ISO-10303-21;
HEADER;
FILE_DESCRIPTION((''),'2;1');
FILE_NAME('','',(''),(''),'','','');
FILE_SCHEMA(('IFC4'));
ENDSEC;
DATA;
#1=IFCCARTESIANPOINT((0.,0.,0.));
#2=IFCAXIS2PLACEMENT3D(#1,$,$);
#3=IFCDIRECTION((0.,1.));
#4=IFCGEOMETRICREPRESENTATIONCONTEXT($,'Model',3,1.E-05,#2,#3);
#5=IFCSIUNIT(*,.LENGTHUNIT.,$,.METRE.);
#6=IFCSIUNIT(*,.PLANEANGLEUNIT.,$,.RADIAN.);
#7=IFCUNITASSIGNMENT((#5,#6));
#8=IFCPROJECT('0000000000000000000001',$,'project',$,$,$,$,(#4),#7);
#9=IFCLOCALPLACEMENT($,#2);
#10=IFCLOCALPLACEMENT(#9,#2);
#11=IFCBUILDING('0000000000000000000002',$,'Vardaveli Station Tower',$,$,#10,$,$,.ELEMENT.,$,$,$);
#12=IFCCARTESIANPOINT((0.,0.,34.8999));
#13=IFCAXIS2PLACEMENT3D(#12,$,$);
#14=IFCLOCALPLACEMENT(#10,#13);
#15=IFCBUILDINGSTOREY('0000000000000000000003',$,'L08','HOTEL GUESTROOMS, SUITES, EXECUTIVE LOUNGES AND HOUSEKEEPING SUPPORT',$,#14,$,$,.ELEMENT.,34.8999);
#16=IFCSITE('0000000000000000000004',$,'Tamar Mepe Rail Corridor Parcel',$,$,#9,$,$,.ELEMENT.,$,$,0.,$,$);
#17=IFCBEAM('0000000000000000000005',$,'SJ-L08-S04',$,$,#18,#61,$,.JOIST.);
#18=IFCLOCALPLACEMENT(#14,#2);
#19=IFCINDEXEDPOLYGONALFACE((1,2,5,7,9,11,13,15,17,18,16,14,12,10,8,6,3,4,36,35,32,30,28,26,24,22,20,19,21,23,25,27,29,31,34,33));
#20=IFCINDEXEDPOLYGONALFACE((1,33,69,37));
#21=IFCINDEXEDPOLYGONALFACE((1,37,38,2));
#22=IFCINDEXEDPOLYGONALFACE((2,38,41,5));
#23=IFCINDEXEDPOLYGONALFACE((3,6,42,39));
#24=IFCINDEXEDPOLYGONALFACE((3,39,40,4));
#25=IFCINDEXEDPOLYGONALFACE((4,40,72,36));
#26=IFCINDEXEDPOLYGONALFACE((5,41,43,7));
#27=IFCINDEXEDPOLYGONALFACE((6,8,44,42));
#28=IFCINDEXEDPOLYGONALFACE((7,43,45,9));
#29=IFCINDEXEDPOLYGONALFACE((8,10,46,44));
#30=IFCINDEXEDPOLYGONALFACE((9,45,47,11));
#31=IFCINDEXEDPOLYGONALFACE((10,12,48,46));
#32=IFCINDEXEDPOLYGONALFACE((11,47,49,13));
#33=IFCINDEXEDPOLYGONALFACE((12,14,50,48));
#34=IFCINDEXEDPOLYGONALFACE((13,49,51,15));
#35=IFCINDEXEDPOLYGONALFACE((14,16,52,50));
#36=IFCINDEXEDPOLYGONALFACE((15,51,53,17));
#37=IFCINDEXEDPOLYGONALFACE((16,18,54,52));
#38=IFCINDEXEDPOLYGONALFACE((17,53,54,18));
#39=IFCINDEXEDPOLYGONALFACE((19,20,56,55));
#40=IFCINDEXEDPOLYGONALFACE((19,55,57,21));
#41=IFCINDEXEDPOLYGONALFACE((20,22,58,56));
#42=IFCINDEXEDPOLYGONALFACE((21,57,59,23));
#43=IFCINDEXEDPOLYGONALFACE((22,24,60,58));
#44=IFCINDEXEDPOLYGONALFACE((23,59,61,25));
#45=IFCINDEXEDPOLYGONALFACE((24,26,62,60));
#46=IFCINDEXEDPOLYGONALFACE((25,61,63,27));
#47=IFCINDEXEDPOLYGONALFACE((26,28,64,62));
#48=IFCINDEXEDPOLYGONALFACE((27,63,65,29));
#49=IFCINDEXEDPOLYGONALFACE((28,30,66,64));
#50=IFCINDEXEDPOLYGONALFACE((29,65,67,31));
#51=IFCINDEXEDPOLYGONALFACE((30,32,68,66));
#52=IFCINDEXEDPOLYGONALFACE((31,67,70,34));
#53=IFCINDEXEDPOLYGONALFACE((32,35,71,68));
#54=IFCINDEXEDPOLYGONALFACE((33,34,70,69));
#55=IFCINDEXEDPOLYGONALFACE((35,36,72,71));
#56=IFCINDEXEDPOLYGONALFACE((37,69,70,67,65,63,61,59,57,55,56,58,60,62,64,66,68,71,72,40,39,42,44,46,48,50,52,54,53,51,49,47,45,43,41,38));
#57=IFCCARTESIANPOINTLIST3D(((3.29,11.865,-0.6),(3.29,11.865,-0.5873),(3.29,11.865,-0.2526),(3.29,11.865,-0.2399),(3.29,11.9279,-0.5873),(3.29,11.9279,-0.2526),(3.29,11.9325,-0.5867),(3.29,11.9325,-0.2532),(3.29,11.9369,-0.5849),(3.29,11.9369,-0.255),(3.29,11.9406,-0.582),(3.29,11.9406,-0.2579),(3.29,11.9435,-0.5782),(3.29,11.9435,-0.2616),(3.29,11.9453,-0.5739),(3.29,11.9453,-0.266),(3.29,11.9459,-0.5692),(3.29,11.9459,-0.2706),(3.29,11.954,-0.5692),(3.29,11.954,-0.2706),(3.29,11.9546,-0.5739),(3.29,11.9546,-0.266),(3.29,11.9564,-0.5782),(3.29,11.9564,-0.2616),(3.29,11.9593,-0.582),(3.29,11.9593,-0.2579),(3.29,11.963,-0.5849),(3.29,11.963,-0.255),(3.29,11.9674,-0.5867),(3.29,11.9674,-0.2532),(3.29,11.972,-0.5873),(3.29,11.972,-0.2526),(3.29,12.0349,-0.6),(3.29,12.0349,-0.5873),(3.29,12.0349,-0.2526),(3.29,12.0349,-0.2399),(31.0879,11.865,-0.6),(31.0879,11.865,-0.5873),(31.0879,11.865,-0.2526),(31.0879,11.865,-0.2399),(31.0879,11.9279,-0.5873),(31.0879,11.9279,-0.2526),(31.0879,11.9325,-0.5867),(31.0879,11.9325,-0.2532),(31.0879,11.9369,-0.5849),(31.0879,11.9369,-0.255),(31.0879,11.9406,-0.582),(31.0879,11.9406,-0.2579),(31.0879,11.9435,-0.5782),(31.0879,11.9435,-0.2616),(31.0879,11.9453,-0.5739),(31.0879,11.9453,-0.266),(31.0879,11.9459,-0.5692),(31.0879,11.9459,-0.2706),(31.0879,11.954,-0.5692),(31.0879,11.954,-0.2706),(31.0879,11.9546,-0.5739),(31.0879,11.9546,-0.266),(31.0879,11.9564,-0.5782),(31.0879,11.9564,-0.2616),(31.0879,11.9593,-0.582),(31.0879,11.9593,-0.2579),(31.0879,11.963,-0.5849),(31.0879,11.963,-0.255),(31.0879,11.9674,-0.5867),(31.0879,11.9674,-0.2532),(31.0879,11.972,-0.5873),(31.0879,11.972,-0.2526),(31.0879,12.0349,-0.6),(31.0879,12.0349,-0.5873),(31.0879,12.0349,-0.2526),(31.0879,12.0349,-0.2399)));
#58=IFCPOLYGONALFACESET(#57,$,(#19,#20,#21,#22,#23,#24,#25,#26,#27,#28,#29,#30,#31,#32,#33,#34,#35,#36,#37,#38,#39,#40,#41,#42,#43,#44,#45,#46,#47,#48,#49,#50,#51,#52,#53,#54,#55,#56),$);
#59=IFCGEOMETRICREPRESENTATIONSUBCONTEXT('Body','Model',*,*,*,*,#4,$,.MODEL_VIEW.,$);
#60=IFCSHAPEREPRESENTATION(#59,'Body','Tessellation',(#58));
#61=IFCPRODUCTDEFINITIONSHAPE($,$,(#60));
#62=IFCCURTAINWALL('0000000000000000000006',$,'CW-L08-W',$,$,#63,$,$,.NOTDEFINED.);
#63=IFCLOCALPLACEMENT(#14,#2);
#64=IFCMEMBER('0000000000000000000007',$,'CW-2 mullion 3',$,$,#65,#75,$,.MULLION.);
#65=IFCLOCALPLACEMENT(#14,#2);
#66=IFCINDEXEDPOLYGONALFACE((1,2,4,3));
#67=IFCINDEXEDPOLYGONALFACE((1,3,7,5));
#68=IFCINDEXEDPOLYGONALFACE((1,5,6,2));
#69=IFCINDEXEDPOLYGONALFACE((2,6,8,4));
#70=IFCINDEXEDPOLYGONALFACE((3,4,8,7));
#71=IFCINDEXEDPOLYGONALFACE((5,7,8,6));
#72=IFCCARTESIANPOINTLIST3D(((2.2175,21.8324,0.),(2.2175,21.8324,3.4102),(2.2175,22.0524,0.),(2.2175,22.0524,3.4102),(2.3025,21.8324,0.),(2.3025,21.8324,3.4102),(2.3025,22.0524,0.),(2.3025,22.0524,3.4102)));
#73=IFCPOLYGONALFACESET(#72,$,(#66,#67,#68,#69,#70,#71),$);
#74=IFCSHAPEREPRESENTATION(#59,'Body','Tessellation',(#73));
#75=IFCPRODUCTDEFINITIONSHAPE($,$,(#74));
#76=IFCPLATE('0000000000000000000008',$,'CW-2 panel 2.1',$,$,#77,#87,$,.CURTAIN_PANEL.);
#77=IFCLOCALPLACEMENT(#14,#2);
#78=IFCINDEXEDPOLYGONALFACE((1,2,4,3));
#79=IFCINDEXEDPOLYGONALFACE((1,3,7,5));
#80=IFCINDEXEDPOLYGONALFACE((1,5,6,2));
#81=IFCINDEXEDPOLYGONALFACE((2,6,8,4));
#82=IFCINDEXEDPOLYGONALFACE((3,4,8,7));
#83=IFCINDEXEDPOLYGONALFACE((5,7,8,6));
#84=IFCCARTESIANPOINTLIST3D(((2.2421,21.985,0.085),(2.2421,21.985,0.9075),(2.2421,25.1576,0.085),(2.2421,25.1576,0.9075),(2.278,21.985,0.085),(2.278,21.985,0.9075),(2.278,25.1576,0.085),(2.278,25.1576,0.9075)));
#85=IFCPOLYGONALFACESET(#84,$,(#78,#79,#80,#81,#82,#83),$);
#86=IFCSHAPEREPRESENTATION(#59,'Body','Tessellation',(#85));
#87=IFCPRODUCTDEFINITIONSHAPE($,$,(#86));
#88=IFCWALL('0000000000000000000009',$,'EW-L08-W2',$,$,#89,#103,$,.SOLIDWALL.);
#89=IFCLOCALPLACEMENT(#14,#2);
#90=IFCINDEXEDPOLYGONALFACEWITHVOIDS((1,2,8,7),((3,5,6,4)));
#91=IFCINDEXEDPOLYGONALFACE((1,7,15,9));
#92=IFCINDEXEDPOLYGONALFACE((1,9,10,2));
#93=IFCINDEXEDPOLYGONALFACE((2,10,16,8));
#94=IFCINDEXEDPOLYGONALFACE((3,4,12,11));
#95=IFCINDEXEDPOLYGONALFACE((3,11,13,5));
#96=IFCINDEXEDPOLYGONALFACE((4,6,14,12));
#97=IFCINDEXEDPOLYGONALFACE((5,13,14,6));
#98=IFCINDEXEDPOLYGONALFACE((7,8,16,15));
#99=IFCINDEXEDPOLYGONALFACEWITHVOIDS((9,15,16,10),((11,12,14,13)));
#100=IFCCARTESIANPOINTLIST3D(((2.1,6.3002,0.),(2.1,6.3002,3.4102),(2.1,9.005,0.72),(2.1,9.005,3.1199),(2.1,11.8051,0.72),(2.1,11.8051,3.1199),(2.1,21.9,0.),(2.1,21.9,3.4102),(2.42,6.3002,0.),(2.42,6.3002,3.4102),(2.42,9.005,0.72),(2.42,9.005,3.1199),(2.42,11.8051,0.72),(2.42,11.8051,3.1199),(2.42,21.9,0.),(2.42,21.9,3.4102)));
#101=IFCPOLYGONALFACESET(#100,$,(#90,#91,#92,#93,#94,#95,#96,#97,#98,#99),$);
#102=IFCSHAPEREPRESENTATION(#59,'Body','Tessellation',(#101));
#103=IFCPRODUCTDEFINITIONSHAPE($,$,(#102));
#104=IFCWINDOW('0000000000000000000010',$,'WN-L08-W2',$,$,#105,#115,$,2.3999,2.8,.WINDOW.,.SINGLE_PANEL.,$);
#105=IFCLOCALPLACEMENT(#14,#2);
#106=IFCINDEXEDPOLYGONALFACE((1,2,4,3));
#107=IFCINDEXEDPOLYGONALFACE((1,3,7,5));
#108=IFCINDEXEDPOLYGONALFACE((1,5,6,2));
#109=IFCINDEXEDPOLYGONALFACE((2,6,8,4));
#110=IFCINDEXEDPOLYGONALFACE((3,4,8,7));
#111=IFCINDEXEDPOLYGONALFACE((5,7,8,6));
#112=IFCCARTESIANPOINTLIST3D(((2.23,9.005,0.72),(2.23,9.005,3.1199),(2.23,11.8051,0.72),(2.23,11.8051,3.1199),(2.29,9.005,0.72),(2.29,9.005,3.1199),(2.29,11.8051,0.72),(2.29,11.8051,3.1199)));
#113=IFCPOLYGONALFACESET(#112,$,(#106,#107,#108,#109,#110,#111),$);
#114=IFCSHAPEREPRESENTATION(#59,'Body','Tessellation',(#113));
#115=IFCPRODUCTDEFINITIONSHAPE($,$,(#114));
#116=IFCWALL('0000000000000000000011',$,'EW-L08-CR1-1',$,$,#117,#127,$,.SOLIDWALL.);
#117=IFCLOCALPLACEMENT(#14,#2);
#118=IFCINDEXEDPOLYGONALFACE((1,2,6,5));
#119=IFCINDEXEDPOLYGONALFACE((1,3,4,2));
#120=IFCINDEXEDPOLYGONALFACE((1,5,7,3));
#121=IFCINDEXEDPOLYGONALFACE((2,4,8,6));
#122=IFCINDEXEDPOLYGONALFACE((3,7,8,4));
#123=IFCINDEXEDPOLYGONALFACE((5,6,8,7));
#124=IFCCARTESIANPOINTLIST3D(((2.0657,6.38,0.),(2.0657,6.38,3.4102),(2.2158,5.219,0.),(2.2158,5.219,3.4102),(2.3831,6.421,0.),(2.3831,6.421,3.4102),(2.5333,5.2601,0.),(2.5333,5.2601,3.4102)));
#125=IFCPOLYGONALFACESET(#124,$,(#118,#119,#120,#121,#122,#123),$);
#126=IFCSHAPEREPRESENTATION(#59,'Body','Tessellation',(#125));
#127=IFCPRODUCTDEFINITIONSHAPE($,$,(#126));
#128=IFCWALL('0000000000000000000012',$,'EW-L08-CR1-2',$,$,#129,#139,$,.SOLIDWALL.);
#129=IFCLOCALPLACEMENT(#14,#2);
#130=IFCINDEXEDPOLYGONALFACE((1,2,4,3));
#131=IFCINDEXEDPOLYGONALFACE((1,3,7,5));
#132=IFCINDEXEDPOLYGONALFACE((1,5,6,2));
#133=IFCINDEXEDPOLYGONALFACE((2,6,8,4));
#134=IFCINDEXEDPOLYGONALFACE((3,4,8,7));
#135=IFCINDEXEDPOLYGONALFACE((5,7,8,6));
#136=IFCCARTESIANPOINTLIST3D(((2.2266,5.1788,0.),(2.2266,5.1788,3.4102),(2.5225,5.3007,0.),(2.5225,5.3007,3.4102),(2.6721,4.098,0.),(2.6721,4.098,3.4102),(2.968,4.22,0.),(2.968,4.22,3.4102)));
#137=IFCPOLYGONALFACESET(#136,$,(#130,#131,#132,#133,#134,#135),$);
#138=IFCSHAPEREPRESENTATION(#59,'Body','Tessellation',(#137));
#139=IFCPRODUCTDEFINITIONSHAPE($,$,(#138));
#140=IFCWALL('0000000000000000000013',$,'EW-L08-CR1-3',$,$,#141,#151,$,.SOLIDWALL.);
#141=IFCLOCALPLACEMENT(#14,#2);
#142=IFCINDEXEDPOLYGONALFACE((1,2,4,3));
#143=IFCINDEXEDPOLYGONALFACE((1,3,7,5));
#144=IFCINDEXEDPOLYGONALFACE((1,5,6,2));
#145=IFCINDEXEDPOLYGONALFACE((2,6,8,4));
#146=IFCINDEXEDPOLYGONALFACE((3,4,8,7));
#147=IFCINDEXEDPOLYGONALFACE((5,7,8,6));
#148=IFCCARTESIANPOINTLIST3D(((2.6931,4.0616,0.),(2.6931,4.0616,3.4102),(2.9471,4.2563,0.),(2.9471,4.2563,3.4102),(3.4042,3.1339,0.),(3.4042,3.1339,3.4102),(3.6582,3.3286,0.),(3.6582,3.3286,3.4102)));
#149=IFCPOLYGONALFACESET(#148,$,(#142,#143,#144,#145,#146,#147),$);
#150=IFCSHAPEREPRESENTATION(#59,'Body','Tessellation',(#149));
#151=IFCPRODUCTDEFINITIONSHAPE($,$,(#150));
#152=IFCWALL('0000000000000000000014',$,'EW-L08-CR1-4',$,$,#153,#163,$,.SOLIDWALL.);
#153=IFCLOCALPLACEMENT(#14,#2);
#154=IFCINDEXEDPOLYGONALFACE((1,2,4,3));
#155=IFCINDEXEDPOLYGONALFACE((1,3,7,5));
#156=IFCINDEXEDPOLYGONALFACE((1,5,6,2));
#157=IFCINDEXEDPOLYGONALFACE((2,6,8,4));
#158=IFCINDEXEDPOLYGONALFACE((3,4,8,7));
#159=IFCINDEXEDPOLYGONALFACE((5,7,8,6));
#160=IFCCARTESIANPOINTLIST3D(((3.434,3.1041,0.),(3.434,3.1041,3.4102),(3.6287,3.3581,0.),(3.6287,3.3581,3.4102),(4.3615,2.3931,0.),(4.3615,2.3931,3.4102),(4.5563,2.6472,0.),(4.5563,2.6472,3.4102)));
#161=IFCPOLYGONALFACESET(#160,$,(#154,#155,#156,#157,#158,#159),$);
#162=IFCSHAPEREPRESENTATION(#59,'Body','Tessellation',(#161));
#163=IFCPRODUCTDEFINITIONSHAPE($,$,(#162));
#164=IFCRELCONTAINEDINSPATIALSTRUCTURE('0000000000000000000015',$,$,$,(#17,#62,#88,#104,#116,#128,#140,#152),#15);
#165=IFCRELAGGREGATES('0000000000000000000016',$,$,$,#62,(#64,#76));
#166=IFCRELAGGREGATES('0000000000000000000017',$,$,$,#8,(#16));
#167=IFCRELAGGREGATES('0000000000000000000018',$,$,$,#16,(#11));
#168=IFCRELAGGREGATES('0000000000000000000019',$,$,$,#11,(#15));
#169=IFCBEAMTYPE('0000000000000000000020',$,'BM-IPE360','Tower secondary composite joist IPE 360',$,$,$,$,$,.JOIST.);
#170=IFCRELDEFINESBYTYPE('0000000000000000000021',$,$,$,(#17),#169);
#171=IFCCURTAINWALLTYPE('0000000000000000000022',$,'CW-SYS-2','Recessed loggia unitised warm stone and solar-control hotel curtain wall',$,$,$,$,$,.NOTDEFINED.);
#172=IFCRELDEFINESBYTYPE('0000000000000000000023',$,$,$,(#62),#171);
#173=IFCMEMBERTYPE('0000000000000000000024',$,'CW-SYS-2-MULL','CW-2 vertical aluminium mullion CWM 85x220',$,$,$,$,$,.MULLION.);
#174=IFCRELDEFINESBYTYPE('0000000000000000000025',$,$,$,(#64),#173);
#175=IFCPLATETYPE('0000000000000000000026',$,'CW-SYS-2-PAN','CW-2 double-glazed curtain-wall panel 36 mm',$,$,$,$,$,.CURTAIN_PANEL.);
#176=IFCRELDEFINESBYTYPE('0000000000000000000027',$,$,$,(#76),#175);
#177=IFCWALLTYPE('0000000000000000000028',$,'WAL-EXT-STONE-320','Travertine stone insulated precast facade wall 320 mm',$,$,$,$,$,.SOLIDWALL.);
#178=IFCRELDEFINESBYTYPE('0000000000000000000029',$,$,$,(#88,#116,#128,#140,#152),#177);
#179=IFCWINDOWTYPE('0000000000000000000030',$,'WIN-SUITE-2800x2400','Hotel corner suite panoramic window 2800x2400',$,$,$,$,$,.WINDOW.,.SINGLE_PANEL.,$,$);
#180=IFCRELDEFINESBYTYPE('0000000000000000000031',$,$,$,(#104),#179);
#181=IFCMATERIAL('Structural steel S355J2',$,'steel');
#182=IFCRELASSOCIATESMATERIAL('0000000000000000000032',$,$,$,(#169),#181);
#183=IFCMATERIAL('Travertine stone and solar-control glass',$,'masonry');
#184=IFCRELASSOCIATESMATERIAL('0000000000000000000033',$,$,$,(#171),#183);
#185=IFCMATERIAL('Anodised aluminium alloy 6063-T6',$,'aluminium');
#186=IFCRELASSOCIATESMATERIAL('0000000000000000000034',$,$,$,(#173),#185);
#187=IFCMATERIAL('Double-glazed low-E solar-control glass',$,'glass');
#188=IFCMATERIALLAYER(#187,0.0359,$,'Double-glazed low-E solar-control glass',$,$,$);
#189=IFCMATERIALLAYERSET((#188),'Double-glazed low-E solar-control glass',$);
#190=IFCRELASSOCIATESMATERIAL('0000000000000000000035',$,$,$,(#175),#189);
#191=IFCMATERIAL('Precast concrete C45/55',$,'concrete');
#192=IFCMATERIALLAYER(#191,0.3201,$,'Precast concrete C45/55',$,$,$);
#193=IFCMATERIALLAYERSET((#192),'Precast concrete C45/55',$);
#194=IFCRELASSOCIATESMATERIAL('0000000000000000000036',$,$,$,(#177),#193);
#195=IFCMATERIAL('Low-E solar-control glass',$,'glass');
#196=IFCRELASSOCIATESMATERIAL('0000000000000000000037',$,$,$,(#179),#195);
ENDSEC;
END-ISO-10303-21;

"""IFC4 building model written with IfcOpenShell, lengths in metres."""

from ifc_helpers import new_model, si_unit, direction, frame, frame_2d, origin, origin_2d, place, context, subcontext, project, spatial, rectangle, i_section, extrude, source, transform, mapped, material, layer, layer_set, material_profile, profile_set, type_object, element, fill, aggregate, save


model = new_model("IFC4")

# Units and contexts
model_context = context("Model", 3, precision=1e-05, world=origin(), true_north=direction((0.0, 1.0)))
body_context = subcontext(model_context, "Body", "Model", "MODEL_VIEW")
ifc_project = project(units=[si_unit("LENGTHUNIT", "METRE"), si_unit("PLANEANGLEUNIT", "RADIAN")], contexts=[model_context])

# Site, building, storey
site_placement = place(None, origin())
site = spatial("IfcSite", under=ifc_project, at=site_placement, Name="Tamar Mepe Rail Corridor Parcel", CompositionType="ELEMENT", RefElevation=0.0)
building_placement = place(site_placement, origin())
building = spatial("IfcBuilding", under=site, at=building_placement, Name="Vardaveli Station Tower", CompositionType="ELEMENT")
storey_placement = place(building_placement, frame((0.0, 0.0, 34.8999)))
storey = spatial("IfcBuildingStorey", under=building, at=storey_placement, Name="L08", Description="HOTEL GUESTROOMS, SUITES, EXECUTIVE LOUNGES AND HOUSEKEEPING SUPPORT", CompositionType="ELEMENT", Elevation=34.8999)

# Beam
ifc_material_1 = material(Name="Precast concrete C45/55", Category="concrete")
ifc_material_2 = material(Name="Structural steel S355J2", Category="steel")
ifc_material_profile_1 = material_profile(ifc_material_2, i_section(OverallWidth=0.1699, OverallDepth=0.3601, WebThickness=0.0081, FlangeThickness=0.0127, FilletRadius=0.0181, at=origin_2d()), Name="IPE 360")
ifc_profile_set_1 = profile_set([ifc_material_profile_1], Name="Structural steel S355J2")
beam_type_1 = type_object("IfcBeamType", Name="BM-IPE360", Description="Tower secondary composite joist IPE 360", PredefinedType="JOIST", material=ifc_profile_set_1)
shared_shape_1 = source(origin(), body_context, "Body", "SweptSolid", [
    extrude(i_section(OverallWidth=0.1699, OverallDepth=0.3601, WebThickness=0.0081, FlangeThickness=0.0127, FilletRadius=0.0181, at=origin_2d()), origin(), (0.0, 0.0, 1.0), 27.7979),
])
for number, where, z_axis, x_axis, name in (
    (1, (3.29, 11.95, -0.4199), (1.0, 0.0, 0.0), (0.0, 1.0, 0.0), "SJ-L08-S04"),
):
    element("IfcBeam", number, at=place(storey_placement, frame(where, z_axis=z_axis, x_axis=x_axis)), inside=storey, type_object=beam_type_1, Name=name, PredefinedType="JOIST", context=body_context, shape_type="MappedRepresentation", body=[
        mapped(shared_shape_1, transform((0.0, 0.0, 0.0), scale=1.0)),
    ])

# Curtain wall, member, plate
ifc_material_3 = material(Name="Travertine stone and solar-control glass", Category="masonry")
curtain_wall_type = type_object("IfcCurtainWallType", Name="CW-SYS-2", Description="Recessed loggia unitised warm stone and solar-control hotel curtain wall", PredefinedType="NOTDEFINED", material=ifc_material_3)
curtain_wall_placement = place(storey_placement, origin())
curtain_wall = element("IfcCurtainWall", 2, at=curtain_wall_placement, inside=storey, type_object=curtain_wall_type, Name="CW-L08-W", PredefinedType="NOTDEFINED")
ifc_material_4 = material(Name="Anodised aluminium alloy 6063-T6", Category="aluminium")
ifc_material_profile_2 = material_profile(ifc_material_4, rectangle(XDim=0.085, YDim=0.22, at=origin_2d()), Name="CWM 85x220")
ifc_profile_set_2 = profile_set([ifc_material_profile_2], Name="Anodised aluminium alloy 6063-T6")
member_type = type_object("IfcMemberType", Name="CW-SYS-2-MULL", Description="CW-2 vertical aluminium mullion CWM 85x220", PredefinedType="MULLION", material=ifc_profile_set_2)
shared_shape_2 = source(origin(), body_context, "Body", "SweptSolid", [
    extrude(rectangle(XDim=0.085, YDim=0.22, at=origin_2d()), origin(), (0.0, 0.0, 1.0), 3.4102),
])
member_placement = place(storey_placement, frame((2.26, 21.9424, 0.0), z_axis=(0.0, 0.0, 1.0), x_axis=(1.0, 0.0, 0.0)))
member = element("IfcMember", 3, at=member_placement, type_object=member_type, Name="CW-2 mullion 3", PredefinedType="MULLION", context=body_context, shape_type="MappedRepresentation", body=[
    mapped(shared_shape_2, transform((0.0, 0.0, 0.0), scale=1.0)),
])
ifc_material_5 = material(Name="Double-glazed low-E solar-control glass", Category="glass")
ifc_layer_1 = layer(ifc_material_5, 0.0359, Name="Double-glazed low-E solar-control glass")
ifc_layer_set_1 = layer_set([ifc_layer_1], Name="Double-glazed low-E solar-control glass")
plate_type = type_object("IfcPlateType", Name="CW-SYS-2-PAN", Description="CW-2 double-glazed curtain-wall panel 36 mm", PredefinedType="CURTAIN_PANEL", material=ifc_layer_set_1)
shared_shape_3 = source(origin(), body_context, "Body", "SweptSolid", [
    extrude(rectangle(XDim=3.1726, YDim=0.0359, at=origin_2d()), origin(), (0.0, 0.0, 1.0), 0.8225),
])
plate_placement = place(storey_placement, frame((2.26, 23.5713, 0.085), z_axis=(0.0, 0.0, 1.0), x_axis=(0.0, -1.0, 0.0)))
plate = element("IfcPlate", 4, at=plate_placement, type_object=plate_type, Name="CW-2 panel 2.1", PredefinedType="CURTAIN_PANEL", context=body_context, shape_type="MappedRepresentation", body=[
    mapped(shared_shape_3, transform((0.0, 0.0, 0.0), scale=1.0)),
])
aggregate(curtain_wall, [member, plate])

# Wall, opening, window
ifc_layer_2 = layer(ifc_material_1, 0.3201, Name="Precast concrete C45/55")
ifc_layer_set_2 = layer_set([ifc_layer_2], Name="Precast concrete C45/55")
wall_type_1 = type_object("IfcWallType", Name="WAL-EXT-STONE-320", Description="Travertine stone insulated precast facade wall 320 mm", PredefinedType="SOLIDWALL", material=ifc_layer_set_2)
shared_shape_4 = source(origin(), body_context, "Body", "SweptSolid", [
    extrude(rectangle(XDim=15.5999, YDim=0.3201, at=frame_2d((7.7998, 0.0))), origin(), (0.0, 0.0, 1.0), 3.4102),
])
wall_1_placement = place(storey_placement, frame((2.26, 21.8999, 0.0), z_axis=(0.0, 0.0, 1.0), x_axis=(0.0, -1.0, 0.0)))
wall_1 = element("IfcWall", 5, at=wall_1_placement, inside=storey, type_object=wall_type_1, Name="EW-L08-W2", PredefinedType="SOLIDWALL", context=body_context, shape_type="MappedRepresentation", body=[
    mapped(shared_shape_4, transform((0.0, 0.0, 0.0), scale=1.0)),
])
shared_shape_5 = source(origin(), body_context, "Body", "SweptSolid", [
    extrude(rectangle(XDim=2.8, YDim=2.3999, at=frame_2d((1.3999, 1.2))), frame((0.0, 0.1699, 0.0), z_axis=(0.0, -1.0, 0.0), x_axis=(1.0, 0.0, 0.0)), (0.0, 0.0, 1.0), 0.3401),
])
opening_1_placement = place(wall_1_placement, frame((10.095, 0.0, 0.72)))
opening_1 = element("IfcOpeningElement", 6, at=opening_1_placement, cuts=wall_1, PredefinedType="OPENING", context=body_context, shape_type="MappedRepresentation", body=[
    mapped(shared_shape_5, transform((0.0, 0.0, 0.0), scale=1.0)),
])
ifc_material_6 = material(Name="Low-E solar-control glass", Category="glass")
window_type = type_object("IfcWindowType", Name="WIN-SUITE-2800x2400", Description="Hotel corner suite panoramic window 2800x2400", PartitioningType="SINGLE_PANEL", PredefinedType="WINDOW", material=ifc_material_6)
shared_shape_6 = source(origin(), body_context, "Body", "SweptSolid", [
    extrude(rectangle(XDim=2.8, YDim=2.3999, at=frame_2d((1.3999, 1.2))), frame((0.0, 0.03, 0.0), z_axis=(0.0, -1.0, 0.0), x_axis=(1.0, 0.0, 0.0)), (0.0, 0.0, 1.0), 0.0601),
])
window_placement = place(opening_1_placement, origin())
window = element("IfcWindow", 7, at=window_placement, inside=storey, type_object=window_type, Name="WN-L08-W2", OverallHeight=2.3999, OverallWidth=2.8, PartitioningType="SINGLE_PANEL", PredefinedType="WINDOW", context=body_context, shape_type="MappedRepresentation", body=[
    mapped(shared_shape_6, transform((0.0, 0.0, 0.0), scale=1.0)),
])
fill(opening_1, window)

# Walls
shared_shape_7 = source(origin(), body_context, "Body", "SweptSolid", [
    extrude(rectangle(XDim=1.1707, YDim=0.3201, at=frame_2d((0.5854, 0.0))), origin(), (0.0, 0.0, 1.0), 3.4102),
])
wall_2_placement = place(storey_placement, frame((2.2244, 6.4006, 0.0), z_axis=(0.0, 0.0, 1.0), x_axis=(0.128269, -0.991739, 0.0)))
element("IfcWall", 8, at=wall_2_placement, inside=storey, type_object=wall_type_1, Name="EW-L08-CR1-1", PredefinedType="SOLIDWALL", context=body_context, shape_type="MappedRepresentation", body=[
    mapped(shared_shape_7, transform((0.0, 0.0, 0.0), scale=1.0)),
])
shared_shape_8 = source(origin(), body_context, "Body", "SweptSolid", [
    extrude(rectangle(XDim=1.1689, YDim=0.3201, at=frame_2d((0.5845, 0.0))), origin(), (0.0, 0.0, 1.0), 3.4102),
])
for number, where, z_axis, x_axis, name in (
    (9, (2.3745, 5.2397, 0.0), (0.0, 0.0, 1.0), (0.381128, -0.924522, 0.0), "EW-L08-CR1-2"),
    (10, (2.8201, 4.1589, 0.0), (0.0, 0.0, 1.0), (0.608388, -0.79364, 0.0), "EW-L08-CR1-3"),
):
    element("IfcWall", number, at=place(storey_placement, frame(where, z_axis=z_axis, x_axis=x_axis)), inside=storey, type_object=wall_type_1, Name=name, PredefinedType="SOLIDWALL", context=body_context, shape_type="MappedRepresentation", body=[
        mapped(shared_shape_8, transform((0.0, 0.0, 0.0), scale=1.0)),
    ])
shared_shape_9 = source(origin(), body_context, "Body", "SweptSolid", [
    extrude(rectangle(XDim=1.1687, YDim=0.3201, at=frame_2d((0.5845, 0.0))), origin(), (0.0, 0.0, 1.0), 3.4102),
])
wall_3_placement = place(storey_placement, frame((3.5312, 3.2312, 0.0), z_axis=(0.0, 0.0, 1.0), x_axis=(0.793664, -0.608357, 0.0)))
element("IfcWall", 11, at=wall_3_placement, inside=storey, type_object=wall_type_1, Name="EW-L08-CR1-4", PredefinedType="SOLIDWALL", context=body_context, shape_type="MappedRepresentation", body=[
    mapped(shared_shape_9, transform((0.0, 0.0, 0.0), scale=1.0)),
])

save(model, "model.ifc")
